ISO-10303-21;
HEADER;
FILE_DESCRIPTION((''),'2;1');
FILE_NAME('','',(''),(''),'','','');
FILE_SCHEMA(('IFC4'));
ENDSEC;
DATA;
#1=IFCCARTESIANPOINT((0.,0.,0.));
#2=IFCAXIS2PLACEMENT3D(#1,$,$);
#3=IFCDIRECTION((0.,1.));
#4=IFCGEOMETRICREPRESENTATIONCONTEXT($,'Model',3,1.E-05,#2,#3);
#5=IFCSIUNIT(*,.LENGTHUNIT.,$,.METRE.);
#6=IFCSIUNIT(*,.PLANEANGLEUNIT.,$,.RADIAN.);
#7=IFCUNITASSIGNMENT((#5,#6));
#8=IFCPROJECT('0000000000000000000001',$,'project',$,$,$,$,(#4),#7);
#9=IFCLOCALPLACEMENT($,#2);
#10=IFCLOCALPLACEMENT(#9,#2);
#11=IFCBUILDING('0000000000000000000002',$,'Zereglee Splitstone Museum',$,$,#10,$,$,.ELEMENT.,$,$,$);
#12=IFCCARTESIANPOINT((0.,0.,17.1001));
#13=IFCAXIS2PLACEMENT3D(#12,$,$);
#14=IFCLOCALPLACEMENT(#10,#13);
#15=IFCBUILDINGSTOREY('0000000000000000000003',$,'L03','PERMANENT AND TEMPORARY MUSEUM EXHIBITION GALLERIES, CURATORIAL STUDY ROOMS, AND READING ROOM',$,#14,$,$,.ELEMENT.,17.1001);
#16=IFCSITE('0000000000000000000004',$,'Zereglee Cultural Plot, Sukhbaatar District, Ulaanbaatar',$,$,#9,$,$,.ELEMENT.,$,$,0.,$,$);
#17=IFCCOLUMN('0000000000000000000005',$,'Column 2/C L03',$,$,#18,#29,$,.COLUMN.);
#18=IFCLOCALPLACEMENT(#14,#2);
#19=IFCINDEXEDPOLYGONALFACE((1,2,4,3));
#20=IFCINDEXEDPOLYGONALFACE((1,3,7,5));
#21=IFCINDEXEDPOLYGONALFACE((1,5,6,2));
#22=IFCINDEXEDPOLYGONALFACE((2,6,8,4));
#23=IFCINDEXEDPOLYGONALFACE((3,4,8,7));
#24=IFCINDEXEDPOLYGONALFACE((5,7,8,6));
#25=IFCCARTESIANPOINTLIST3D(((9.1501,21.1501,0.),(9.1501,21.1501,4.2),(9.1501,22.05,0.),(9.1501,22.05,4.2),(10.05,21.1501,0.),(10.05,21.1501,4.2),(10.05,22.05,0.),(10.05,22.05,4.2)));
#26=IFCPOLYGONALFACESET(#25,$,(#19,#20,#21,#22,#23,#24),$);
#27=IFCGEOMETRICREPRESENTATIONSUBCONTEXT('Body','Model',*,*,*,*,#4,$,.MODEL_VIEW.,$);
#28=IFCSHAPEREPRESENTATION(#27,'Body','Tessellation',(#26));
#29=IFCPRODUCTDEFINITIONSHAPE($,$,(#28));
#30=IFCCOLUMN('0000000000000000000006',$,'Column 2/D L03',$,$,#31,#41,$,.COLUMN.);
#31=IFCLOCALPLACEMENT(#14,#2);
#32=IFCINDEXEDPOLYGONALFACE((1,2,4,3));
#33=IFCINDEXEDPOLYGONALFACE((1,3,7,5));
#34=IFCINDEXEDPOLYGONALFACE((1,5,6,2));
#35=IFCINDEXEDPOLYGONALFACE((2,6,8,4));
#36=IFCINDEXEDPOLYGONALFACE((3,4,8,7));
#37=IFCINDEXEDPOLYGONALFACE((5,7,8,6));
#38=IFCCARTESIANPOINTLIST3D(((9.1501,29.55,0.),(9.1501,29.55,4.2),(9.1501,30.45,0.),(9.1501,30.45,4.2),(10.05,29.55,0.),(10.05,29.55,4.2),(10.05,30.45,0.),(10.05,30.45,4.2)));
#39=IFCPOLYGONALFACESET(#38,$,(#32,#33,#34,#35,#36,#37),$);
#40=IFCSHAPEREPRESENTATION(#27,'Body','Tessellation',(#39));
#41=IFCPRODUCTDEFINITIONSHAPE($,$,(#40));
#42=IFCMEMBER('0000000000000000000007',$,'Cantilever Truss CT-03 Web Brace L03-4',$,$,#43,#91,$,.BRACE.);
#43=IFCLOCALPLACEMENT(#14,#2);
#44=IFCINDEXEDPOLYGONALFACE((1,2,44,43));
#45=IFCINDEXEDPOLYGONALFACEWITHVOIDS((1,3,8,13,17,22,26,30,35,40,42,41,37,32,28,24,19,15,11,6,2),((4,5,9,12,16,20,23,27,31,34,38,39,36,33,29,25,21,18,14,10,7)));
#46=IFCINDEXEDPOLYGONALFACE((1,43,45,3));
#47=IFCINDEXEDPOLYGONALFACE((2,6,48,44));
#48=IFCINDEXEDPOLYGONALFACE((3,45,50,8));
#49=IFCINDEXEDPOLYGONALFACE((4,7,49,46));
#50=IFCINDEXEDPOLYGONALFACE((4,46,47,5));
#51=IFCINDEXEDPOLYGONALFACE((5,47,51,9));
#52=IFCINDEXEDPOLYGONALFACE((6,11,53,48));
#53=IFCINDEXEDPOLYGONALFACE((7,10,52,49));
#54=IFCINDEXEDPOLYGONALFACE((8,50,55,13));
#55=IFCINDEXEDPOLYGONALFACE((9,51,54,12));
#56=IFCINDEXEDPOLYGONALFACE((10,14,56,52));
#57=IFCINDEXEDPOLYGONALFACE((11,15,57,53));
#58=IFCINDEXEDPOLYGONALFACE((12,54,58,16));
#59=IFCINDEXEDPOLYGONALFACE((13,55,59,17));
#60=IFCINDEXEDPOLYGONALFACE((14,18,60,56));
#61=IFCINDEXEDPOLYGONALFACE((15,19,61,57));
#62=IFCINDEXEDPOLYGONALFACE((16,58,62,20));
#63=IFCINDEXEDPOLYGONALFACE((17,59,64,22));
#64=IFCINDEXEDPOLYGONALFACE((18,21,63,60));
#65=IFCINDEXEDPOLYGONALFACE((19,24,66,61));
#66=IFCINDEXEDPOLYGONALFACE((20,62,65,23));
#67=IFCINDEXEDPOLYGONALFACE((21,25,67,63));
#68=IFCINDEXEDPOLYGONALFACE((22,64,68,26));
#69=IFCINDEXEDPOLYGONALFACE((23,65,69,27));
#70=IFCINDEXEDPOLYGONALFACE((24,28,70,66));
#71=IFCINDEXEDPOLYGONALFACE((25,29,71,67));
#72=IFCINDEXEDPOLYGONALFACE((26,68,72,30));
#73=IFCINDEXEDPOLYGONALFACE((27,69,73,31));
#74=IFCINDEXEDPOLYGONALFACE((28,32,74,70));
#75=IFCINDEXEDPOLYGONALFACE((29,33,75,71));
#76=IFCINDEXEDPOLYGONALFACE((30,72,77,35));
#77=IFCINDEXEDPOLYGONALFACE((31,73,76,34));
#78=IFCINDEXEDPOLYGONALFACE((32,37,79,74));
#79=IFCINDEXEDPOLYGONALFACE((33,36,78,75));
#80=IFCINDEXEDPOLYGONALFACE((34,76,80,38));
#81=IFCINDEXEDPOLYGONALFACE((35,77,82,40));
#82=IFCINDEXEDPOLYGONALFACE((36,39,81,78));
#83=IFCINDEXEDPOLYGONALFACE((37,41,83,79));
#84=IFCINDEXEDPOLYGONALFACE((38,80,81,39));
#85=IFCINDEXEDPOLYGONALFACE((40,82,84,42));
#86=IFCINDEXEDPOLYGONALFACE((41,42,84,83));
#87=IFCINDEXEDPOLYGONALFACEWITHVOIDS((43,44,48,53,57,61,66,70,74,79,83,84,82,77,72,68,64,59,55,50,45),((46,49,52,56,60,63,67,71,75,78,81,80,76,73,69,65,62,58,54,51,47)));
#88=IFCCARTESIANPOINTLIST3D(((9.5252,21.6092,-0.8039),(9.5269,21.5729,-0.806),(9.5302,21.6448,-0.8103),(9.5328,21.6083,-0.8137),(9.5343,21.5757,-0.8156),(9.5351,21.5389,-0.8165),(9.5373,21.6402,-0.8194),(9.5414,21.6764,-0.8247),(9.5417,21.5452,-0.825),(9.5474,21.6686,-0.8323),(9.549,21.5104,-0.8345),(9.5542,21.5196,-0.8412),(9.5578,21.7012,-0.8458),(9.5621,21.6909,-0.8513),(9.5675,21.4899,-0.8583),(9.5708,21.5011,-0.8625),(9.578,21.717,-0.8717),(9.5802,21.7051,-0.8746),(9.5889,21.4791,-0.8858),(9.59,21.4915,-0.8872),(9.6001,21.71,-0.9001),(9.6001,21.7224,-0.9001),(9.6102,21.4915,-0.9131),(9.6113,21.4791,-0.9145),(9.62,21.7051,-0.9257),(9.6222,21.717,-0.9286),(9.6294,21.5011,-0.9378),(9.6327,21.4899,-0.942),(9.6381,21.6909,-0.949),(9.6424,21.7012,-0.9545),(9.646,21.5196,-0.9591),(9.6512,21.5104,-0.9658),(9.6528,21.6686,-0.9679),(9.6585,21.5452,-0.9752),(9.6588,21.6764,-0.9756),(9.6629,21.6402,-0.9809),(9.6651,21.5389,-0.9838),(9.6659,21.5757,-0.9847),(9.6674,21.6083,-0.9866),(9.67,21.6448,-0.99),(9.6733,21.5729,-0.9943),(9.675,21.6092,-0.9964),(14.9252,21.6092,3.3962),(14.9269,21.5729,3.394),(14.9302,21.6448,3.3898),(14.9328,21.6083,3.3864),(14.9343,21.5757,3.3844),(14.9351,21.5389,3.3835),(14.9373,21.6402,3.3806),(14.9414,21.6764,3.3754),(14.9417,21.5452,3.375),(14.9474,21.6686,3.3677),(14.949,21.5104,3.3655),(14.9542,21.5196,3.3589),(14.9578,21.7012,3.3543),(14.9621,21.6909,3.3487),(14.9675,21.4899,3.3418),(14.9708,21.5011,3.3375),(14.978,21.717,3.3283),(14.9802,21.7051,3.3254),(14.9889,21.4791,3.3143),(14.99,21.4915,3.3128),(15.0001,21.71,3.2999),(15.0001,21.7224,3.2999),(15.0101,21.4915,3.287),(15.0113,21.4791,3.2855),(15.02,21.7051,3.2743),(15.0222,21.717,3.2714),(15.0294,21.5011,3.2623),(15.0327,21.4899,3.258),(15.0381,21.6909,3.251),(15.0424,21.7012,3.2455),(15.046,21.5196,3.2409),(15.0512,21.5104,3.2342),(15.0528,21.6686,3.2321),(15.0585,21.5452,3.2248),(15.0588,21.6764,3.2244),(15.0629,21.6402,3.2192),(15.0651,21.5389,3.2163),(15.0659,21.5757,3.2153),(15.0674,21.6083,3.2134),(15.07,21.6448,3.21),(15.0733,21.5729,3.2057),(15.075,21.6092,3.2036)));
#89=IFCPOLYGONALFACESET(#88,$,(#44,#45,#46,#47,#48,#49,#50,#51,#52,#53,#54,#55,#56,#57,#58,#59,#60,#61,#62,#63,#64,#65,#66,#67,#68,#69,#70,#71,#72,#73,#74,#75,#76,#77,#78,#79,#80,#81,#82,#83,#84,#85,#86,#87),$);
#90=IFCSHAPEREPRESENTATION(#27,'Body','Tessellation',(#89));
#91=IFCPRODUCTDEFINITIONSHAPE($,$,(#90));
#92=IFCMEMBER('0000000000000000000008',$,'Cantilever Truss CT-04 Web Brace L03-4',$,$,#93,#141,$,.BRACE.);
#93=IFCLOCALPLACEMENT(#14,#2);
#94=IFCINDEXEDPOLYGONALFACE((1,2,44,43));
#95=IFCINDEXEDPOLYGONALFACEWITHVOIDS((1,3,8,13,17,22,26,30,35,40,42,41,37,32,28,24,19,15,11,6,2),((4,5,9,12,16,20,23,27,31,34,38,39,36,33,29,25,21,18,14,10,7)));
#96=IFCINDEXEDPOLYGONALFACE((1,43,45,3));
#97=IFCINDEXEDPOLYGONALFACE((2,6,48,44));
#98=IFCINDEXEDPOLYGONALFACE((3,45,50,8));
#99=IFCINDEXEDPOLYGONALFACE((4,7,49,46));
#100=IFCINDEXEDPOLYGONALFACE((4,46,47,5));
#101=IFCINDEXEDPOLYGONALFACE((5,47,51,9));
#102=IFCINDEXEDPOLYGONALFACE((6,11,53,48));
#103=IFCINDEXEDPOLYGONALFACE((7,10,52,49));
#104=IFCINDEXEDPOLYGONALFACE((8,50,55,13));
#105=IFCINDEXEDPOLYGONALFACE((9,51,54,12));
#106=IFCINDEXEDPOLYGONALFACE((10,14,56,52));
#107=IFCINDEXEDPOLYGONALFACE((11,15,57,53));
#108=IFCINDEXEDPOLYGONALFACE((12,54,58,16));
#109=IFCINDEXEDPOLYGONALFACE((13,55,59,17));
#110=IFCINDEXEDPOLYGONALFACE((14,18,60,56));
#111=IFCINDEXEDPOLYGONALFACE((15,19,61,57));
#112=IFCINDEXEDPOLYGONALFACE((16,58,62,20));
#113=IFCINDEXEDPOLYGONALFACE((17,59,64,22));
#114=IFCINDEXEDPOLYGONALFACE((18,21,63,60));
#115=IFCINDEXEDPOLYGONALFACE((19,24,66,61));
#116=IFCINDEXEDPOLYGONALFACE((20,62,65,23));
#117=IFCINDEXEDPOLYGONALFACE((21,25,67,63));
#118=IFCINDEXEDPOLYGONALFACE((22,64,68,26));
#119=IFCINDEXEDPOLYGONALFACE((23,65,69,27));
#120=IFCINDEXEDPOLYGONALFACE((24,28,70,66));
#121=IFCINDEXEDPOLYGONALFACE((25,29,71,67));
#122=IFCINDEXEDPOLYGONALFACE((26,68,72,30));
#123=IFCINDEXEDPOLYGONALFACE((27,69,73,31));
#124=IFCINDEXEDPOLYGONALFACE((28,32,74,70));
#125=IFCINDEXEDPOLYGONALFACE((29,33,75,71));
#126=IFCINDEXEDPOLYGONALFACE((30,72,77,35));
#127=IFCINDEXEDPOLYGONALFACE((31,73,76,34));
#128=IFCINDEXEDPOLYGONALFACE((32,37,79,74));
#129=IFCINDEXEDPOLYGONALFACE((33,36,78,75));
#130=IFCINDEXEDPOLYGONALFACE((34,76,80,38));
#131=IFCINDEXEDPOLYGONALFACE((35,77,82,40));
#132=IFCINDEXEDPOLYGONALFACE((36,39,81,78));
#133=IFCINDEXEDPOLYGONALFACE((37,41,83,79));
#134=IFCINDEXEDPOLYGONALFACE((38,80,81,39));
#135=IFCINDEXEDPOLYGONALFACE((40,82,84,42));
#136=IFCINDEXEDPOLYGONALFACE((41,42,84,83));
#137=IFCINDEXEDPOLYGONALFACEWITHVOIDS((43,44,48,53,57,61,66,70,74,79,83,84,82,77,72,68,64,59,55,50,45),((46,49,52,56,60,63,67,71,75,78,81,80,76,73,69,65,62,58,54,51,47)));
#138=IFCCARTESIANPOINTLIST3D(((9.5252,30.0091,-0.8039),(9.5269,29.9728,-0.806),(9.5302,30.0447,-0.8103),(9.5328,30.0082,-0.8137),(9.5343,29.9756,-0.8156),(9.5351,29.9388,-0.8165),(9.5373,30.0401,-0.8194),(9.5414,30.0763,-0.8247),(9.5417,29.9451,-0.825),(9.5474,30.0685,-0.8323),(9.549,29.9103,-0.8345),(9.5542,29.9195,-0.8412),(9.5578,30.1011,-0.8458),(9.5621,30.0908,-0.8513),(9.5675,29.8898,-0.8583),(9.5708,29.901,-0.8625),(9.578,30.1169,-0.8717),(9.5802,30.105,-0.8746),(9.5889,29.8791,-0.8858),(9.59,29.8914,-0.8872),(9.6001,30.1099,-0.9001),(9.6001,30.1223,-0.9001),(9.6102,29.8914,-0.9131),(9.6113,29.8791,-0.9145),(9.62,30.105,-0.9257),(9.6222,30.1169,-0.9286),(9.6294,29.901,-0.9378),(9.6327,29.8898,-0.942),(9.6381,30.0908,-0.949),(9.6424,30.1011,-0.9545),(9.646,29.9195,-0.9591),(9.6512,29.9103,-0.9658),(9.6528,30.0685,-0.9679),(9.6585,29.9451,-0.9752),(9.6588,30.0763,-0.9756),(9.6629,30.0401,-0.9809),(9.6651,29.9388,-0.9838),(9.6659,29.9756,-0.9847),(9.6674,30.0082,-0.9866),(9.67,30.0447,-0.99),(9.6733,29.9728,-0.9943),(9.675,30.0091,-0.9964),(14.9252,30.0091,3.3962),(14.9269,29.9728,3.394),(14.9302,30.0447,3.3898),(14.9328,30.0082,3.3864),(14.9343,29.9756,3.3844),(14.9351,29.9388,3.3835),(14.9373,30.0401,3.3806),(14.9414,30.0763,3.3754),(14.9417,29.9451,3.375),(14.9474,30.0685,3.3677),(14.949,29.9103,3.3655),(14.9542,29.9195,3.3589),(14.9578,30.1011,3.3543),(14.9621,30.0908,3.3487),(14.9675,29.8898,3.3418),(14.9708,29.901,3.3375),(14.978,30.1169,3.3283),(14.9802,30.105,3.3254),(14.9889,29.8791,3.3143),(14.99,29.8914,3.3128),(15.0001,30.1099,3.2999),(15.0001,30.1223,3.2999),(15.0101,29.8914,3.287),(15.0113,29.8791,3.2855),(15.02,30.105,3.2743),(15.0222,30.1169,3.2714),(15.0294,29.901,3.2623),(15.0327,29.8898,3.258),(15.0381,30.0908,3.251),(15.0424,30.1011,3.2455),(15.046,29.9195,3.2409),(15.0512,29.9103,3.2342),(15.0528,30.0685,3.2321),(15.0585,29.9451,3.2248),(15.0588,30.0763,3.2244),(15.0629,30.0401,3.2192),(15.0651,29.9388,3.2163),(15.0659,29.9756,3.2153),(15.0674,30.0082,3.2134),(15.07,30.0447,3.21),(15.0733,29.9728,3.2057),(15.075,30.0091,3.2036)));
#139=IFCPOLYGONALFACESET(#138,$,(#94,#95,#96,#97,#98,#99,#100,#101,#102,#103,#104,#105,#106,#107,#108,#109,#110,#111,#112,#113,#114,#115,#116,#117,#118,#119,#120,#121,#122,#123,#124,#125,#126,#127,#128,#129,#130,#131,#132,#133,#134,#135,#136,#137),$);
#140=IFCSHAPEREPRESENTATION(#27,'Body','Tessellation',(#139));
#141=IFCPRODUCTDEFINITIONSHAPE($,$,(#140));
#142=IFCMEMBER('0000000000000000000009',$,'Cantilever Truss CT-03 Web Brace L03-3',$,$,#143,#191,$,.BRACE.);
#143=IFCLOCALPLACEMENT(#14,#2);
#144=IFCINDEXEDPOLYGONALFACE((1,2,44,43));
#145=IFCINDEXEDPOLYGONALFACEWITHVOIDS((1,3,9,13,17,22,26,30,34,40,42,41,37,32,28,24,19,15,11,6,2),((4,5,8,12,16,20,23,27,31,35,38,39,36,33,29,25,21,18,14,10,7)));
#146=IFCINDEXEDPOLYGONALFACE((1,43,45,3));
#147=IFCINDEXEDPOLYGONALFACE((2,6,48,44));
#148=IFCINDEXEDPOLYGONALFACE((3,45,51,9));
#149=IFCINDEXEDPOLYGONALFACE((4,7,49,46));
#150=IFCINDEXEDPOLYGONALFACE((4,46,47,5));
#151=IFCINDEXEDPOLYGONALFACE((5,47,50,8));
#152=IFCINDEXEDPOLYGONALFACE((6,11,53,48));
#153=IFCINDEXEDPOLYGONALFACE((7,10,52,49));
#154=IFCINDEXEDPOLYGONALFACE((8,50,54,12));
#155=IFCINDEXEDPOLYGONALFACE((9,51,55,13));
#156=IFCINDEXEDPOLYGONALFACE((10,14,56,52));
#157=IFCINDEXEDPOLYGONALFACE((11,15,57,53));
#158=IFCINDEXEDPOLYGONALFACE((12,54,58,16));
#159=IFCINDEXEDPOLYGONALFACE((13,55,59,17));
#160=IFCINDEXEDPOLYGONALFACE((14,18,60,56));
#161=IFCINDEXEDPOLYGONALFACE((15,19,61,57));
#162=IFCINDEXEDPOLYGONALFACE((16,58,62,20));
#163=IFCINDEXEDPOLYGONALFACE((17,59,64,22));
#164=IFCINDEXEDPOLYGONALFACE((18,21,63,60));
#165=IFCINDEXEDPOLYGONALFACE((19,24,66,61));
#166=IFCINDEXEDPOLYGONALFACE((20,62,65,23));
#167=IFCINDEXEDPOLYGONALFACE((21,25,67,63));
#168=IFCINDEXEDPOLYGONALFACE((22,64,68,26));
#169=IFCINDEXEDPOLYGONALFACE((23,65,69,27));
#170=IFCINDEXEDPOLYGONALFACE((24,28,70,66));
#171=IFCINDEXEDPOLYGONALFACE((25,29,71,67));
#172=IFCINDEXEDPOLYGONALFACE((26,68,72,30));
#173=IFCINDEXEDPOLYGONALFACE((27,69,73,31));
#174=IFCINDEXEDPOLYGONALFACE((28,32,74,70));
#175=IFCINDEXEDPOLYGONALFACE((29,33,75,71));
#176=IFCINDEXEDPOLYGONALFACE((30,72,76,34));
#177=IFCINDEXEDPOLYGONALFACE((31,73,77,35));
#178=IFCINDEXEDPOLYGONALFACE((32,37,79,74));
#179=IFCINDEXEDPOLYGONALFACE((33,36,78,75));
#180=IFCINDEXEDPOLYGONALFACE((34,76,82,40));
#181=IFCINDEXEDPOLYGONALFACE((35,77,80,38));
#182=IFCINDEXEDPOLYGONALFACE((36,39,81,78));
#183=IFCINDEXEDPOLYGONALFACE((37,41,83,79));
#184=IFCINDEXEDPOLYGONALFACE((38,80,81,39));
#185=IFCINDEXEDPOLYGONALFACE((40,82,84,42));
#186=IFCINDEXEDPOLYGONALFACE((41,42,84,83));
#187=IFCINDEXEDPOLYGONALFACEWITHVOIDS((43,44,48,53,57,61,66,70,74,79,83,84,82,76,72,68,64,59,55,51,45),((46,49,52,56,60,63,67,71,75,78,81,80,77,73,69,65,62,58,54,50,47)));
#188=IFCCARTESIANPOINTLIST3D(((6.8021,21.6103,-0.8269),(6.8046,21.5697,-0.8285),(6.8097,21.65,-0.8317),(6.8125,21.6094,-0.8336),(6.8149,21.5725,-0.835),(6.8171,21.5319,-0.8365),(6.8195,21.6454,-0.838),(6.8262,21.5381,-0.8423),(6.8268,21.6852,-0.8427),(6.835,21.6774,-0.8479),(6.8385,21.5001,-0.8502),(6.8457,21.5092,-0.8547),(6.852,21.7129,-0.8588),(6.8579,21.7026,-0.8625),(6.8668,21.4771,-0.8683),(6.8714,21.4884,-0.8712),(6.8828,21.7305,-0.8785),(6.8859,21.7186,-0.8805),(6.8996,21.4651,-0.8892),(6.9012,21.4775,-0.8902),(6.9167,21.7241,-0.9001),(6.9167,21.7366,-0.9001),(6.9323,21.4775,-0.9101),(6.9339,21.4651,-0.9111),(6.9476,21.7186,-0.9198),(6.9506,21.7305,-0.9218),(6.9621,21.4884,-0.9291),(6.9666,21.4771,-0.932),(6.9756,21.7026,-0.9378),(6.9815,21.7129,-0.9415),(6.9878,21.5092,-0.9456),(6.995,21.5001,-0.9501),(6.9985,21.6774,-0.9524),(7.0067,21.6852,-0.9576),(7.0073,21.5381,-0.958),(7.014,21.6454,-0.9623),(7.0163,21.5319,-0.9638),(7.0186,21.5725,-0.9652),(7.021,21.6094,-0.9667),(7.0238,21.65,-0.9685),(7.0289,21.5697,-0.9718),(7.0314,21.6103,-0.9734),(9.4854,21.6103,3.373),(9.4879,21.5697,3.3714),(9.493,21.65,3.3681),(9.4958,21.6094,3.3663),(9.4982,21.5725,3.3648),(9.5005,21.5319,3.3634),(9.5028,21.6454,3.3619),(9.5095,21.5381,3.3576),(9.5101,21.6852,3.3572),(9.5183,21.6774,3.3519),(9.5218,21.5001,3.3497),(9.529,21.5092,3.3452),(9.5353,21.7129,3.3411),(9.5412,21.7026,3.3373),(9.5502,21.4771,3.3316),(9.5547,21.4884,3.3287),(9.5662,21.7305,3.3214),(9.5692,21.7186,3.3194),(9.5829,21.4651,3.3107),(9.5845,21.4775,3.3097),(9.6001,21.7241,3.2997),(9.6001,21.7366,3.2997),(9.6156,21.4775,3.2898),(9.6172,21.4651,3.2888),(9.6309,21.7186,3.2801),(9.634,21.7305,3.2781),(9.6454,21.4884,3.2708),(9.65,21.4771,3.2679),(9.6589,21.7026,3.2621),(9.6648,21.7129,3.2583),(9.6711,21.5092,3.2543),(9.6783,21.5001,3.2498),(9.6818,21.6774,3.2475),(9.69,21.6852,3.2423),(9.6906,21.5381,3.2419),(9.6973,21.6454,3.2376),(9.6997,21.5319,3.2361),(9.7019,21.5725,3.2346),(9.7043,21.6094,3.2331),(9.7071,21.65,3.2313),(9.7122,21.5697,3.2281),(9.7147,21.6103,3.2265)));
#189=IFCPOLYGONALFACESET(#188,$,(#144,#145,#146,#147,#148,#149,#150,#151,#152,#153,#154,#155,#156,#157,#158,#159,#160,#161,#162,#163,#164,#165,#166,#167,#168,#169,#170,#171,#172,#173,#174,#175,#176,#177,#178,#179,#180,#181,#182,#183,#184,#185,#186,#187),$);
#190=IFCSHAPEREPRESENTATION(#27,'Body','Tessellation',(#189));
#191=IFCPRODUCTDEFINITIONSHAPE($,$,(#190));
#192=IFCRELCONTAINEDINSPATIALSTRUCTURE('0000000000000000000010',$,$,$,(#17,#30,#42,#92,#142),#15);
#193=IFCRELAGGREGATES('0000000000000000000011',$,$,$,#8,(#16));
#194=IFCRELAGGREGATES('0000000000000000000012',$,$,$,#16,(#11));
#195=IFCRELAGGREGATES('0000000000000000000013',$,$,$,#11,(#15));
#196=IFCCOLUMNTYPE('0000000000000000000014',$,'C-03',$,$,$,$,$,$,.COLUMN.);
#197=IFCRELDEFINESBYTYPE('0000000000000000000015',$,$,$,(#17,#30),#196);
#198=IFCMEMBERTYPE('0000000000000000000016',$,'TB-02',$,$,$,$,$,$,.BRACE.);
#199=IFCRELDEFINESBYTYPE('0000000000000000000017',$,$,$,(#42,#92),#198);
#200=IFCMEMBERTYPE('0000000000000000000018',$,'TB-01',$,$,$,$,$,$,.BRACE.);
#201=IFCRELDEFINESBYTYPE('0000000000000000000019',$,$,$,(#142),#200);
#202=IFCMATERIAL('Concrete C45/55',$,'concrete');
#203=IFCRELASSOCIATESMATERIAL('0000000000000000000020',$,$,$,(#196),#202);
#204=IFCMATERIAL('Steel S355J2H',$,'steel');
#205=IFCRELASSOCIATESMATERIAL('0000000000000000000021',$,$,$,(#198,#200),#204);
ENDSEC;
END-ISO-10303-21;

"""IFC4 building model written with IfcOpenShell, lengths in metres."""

from ifc_helpers import new_model, si_unit, direction, frame, origin, origin_2d, place, context, subcontext, project, spatial, rectangle, hollow_circle, extrude, material, material_profile, profile_set, type_object, element, save


model = new_model("IFC4")

# Units and contexts
model_context = context("Model", 3, precision=1e-05, world=origin(), true_north=direction((0.0, 1.0)))
body_context = subcontext(model_context, "Body", "Model", "MODEL_VIEW")
ifc_project = project(units=[si_unit("LENGTHUNIT", "METRE"), si_unit("PLANEANGLEUNIT", "RADIAN")], contexts=[model_context])

# Site, building, storey
site_placement = place(None, origin())
site = spatial("IfcSite", under=ifc_project, at=site_placement, Name="Zereglee Cultural Plot, Sukhbaatar District, Ulaanbaatar", CompositionType="ELEMENT", RefElevation=0.0)
building_placement = place(site_placement, origin())
building = spatial("IfcBuilding", under=site, at=building_placement, Name="Zereglee Splitstone Museum", CompositionType="ELEMENT")
storey_placement = place(building_placement, frame((0.0, 0.0, 17.1001)))
storey = spatial("IfcBuildingStorey", under=building, at=storey_placement, Name="L03", Description="PERMANENT AND TEMPORARY MUSEUM EXHIBITION GALLERIES, CURATORIAL STUDY ROOMS, AND READING ROOM", CompositionType="ELEMENT", Elevation=17.1001)

# Columns
ifc_material_1 = material(Name="Concrete C45/55", Category="concrete")
ifc_material_profile_1 = material_profile(ifc_material_1, rectangle(XDim=0.8999, YDim=0.8999, at=origin_2d()), Name="RC 900x900")
ifc_profile_set_1 = profile_set([ifc_material_profile_1], Name="Concrete C45/55")
column_type = type_object("IfcColumnType", Name="C-03", PredefinedType="COLUMN", material=ifc_profile_set_1)
for number, where, z_axis, x_axis, name in (
    (1, (9.6001, 21.6001, 0.0), (0.0, 0.0, 1.0), (1.0, 0.0, 0.0), "Column 2/C L03"),
    (2, (9.6001, 30.0, 0.0), (0.0, 0.0, 1.0), (1.0, 0.0, 0.0), "Column 2/D L03"),
):
    element("IfcColumn", number, at=place(storey_placement, frame(where, z_axis=z_axis, x_axis=x_axis)), inside=storey, type_object=column_type, Name=name, PredefinedType="COLUMN", context=body_context, shape_type="SweptSolid", body=[
        extrude(rectangle(XDim=0.8999, YDim=0.8999, at=origin_2d()), origin(), (0.0, 0.0, 1.0), 4.2),
    ])

# Members
ifc_material_2 = material(Name="Steel S355J2H", Category="steel")
ifc_material_profile_2 = material_profile(ifc_material_2, hollow_circle(Radius=0.1223, WallThickness=0.0125, at=origin_2d()), Name="CHS 244.5x12.5")
ifc_profile_set_2 = profile_set([ifc_material_profile_2], Name="Steel S355J2H")
member_type_1 = type_object("IfcMemberType", Name="TB-02", PredefinedType="BRACE", material=ifc_profile_set_2)
for number, where, z_axis, x_axis, name in (
    (3, (9.6001, 21.6001, -0.9001), (0.78935, 0.0, 0.613943), (0.0, 1.0, 0.0), "Cantilever Truss CT-03 Web Brace L03-4"),
    (4, (9.6001, 30.0, -0.9001), (0.78935, 0.0, 0.613943), (0.0, 1.0, 0.0), "Cantilever Truss CT-04 Web Brace L03-4"),
):
    element("IfcMember", number, at=place(storey_placement, frame(where, z_axis=z_axis, x_axis=x_axis)), inside=storey, type_object=member_type_1, Name=name, PredefinedType="BRACE", context=body_context, shape_type="SweptSolid", body=[
        extrude(hollow_circle(Radius=0.1223, WallThickness=0.0125, at=origin_2d()), origin(), (0.0, 0.0, 1.0), 6.8411),
    ])
ifc_material_profile_3 = material_profile(ifc_material_2, hollow_circle(Radius=0.1365, WallThickness=0.0125, at=origin_2d()), Name="CHS 273.0x12.5")
ifc_profile_set_3 = profile_set([ifc_material_profile_3], Name="Steel S355J2H")
member_type_2 = type_object("IfcMemberType", Name="TB-01", PredefinedType="BRACE", material=ifc_profile_set_3)
for number, where, z_axis, x_axis, name in (
    (5, (6.9167, 21.6001, -0.9001), (0.538396, 0.0, 0.842692), (0.0, 1.0, 0.0), "Cantilever Truss CT-03 Web Brace L03-3"),
):
    element("IfcMember", number, at=place(storey_placement, frame(where, z_axis=z_axis, x_axis=x_axis)), inside=storey, type_object=member_type_2, Name=name, PredefinedType="BRACE", context=body_context, shape_type="SweptSolid", body=[
        extrude(hollow_circle(Radius=0.1365, WallThickness=0.0125, at=origin_2d()), origin(), (0.0, 0.0, 1.0), 4.9839),
    ])

save(model, "model.ifc")
